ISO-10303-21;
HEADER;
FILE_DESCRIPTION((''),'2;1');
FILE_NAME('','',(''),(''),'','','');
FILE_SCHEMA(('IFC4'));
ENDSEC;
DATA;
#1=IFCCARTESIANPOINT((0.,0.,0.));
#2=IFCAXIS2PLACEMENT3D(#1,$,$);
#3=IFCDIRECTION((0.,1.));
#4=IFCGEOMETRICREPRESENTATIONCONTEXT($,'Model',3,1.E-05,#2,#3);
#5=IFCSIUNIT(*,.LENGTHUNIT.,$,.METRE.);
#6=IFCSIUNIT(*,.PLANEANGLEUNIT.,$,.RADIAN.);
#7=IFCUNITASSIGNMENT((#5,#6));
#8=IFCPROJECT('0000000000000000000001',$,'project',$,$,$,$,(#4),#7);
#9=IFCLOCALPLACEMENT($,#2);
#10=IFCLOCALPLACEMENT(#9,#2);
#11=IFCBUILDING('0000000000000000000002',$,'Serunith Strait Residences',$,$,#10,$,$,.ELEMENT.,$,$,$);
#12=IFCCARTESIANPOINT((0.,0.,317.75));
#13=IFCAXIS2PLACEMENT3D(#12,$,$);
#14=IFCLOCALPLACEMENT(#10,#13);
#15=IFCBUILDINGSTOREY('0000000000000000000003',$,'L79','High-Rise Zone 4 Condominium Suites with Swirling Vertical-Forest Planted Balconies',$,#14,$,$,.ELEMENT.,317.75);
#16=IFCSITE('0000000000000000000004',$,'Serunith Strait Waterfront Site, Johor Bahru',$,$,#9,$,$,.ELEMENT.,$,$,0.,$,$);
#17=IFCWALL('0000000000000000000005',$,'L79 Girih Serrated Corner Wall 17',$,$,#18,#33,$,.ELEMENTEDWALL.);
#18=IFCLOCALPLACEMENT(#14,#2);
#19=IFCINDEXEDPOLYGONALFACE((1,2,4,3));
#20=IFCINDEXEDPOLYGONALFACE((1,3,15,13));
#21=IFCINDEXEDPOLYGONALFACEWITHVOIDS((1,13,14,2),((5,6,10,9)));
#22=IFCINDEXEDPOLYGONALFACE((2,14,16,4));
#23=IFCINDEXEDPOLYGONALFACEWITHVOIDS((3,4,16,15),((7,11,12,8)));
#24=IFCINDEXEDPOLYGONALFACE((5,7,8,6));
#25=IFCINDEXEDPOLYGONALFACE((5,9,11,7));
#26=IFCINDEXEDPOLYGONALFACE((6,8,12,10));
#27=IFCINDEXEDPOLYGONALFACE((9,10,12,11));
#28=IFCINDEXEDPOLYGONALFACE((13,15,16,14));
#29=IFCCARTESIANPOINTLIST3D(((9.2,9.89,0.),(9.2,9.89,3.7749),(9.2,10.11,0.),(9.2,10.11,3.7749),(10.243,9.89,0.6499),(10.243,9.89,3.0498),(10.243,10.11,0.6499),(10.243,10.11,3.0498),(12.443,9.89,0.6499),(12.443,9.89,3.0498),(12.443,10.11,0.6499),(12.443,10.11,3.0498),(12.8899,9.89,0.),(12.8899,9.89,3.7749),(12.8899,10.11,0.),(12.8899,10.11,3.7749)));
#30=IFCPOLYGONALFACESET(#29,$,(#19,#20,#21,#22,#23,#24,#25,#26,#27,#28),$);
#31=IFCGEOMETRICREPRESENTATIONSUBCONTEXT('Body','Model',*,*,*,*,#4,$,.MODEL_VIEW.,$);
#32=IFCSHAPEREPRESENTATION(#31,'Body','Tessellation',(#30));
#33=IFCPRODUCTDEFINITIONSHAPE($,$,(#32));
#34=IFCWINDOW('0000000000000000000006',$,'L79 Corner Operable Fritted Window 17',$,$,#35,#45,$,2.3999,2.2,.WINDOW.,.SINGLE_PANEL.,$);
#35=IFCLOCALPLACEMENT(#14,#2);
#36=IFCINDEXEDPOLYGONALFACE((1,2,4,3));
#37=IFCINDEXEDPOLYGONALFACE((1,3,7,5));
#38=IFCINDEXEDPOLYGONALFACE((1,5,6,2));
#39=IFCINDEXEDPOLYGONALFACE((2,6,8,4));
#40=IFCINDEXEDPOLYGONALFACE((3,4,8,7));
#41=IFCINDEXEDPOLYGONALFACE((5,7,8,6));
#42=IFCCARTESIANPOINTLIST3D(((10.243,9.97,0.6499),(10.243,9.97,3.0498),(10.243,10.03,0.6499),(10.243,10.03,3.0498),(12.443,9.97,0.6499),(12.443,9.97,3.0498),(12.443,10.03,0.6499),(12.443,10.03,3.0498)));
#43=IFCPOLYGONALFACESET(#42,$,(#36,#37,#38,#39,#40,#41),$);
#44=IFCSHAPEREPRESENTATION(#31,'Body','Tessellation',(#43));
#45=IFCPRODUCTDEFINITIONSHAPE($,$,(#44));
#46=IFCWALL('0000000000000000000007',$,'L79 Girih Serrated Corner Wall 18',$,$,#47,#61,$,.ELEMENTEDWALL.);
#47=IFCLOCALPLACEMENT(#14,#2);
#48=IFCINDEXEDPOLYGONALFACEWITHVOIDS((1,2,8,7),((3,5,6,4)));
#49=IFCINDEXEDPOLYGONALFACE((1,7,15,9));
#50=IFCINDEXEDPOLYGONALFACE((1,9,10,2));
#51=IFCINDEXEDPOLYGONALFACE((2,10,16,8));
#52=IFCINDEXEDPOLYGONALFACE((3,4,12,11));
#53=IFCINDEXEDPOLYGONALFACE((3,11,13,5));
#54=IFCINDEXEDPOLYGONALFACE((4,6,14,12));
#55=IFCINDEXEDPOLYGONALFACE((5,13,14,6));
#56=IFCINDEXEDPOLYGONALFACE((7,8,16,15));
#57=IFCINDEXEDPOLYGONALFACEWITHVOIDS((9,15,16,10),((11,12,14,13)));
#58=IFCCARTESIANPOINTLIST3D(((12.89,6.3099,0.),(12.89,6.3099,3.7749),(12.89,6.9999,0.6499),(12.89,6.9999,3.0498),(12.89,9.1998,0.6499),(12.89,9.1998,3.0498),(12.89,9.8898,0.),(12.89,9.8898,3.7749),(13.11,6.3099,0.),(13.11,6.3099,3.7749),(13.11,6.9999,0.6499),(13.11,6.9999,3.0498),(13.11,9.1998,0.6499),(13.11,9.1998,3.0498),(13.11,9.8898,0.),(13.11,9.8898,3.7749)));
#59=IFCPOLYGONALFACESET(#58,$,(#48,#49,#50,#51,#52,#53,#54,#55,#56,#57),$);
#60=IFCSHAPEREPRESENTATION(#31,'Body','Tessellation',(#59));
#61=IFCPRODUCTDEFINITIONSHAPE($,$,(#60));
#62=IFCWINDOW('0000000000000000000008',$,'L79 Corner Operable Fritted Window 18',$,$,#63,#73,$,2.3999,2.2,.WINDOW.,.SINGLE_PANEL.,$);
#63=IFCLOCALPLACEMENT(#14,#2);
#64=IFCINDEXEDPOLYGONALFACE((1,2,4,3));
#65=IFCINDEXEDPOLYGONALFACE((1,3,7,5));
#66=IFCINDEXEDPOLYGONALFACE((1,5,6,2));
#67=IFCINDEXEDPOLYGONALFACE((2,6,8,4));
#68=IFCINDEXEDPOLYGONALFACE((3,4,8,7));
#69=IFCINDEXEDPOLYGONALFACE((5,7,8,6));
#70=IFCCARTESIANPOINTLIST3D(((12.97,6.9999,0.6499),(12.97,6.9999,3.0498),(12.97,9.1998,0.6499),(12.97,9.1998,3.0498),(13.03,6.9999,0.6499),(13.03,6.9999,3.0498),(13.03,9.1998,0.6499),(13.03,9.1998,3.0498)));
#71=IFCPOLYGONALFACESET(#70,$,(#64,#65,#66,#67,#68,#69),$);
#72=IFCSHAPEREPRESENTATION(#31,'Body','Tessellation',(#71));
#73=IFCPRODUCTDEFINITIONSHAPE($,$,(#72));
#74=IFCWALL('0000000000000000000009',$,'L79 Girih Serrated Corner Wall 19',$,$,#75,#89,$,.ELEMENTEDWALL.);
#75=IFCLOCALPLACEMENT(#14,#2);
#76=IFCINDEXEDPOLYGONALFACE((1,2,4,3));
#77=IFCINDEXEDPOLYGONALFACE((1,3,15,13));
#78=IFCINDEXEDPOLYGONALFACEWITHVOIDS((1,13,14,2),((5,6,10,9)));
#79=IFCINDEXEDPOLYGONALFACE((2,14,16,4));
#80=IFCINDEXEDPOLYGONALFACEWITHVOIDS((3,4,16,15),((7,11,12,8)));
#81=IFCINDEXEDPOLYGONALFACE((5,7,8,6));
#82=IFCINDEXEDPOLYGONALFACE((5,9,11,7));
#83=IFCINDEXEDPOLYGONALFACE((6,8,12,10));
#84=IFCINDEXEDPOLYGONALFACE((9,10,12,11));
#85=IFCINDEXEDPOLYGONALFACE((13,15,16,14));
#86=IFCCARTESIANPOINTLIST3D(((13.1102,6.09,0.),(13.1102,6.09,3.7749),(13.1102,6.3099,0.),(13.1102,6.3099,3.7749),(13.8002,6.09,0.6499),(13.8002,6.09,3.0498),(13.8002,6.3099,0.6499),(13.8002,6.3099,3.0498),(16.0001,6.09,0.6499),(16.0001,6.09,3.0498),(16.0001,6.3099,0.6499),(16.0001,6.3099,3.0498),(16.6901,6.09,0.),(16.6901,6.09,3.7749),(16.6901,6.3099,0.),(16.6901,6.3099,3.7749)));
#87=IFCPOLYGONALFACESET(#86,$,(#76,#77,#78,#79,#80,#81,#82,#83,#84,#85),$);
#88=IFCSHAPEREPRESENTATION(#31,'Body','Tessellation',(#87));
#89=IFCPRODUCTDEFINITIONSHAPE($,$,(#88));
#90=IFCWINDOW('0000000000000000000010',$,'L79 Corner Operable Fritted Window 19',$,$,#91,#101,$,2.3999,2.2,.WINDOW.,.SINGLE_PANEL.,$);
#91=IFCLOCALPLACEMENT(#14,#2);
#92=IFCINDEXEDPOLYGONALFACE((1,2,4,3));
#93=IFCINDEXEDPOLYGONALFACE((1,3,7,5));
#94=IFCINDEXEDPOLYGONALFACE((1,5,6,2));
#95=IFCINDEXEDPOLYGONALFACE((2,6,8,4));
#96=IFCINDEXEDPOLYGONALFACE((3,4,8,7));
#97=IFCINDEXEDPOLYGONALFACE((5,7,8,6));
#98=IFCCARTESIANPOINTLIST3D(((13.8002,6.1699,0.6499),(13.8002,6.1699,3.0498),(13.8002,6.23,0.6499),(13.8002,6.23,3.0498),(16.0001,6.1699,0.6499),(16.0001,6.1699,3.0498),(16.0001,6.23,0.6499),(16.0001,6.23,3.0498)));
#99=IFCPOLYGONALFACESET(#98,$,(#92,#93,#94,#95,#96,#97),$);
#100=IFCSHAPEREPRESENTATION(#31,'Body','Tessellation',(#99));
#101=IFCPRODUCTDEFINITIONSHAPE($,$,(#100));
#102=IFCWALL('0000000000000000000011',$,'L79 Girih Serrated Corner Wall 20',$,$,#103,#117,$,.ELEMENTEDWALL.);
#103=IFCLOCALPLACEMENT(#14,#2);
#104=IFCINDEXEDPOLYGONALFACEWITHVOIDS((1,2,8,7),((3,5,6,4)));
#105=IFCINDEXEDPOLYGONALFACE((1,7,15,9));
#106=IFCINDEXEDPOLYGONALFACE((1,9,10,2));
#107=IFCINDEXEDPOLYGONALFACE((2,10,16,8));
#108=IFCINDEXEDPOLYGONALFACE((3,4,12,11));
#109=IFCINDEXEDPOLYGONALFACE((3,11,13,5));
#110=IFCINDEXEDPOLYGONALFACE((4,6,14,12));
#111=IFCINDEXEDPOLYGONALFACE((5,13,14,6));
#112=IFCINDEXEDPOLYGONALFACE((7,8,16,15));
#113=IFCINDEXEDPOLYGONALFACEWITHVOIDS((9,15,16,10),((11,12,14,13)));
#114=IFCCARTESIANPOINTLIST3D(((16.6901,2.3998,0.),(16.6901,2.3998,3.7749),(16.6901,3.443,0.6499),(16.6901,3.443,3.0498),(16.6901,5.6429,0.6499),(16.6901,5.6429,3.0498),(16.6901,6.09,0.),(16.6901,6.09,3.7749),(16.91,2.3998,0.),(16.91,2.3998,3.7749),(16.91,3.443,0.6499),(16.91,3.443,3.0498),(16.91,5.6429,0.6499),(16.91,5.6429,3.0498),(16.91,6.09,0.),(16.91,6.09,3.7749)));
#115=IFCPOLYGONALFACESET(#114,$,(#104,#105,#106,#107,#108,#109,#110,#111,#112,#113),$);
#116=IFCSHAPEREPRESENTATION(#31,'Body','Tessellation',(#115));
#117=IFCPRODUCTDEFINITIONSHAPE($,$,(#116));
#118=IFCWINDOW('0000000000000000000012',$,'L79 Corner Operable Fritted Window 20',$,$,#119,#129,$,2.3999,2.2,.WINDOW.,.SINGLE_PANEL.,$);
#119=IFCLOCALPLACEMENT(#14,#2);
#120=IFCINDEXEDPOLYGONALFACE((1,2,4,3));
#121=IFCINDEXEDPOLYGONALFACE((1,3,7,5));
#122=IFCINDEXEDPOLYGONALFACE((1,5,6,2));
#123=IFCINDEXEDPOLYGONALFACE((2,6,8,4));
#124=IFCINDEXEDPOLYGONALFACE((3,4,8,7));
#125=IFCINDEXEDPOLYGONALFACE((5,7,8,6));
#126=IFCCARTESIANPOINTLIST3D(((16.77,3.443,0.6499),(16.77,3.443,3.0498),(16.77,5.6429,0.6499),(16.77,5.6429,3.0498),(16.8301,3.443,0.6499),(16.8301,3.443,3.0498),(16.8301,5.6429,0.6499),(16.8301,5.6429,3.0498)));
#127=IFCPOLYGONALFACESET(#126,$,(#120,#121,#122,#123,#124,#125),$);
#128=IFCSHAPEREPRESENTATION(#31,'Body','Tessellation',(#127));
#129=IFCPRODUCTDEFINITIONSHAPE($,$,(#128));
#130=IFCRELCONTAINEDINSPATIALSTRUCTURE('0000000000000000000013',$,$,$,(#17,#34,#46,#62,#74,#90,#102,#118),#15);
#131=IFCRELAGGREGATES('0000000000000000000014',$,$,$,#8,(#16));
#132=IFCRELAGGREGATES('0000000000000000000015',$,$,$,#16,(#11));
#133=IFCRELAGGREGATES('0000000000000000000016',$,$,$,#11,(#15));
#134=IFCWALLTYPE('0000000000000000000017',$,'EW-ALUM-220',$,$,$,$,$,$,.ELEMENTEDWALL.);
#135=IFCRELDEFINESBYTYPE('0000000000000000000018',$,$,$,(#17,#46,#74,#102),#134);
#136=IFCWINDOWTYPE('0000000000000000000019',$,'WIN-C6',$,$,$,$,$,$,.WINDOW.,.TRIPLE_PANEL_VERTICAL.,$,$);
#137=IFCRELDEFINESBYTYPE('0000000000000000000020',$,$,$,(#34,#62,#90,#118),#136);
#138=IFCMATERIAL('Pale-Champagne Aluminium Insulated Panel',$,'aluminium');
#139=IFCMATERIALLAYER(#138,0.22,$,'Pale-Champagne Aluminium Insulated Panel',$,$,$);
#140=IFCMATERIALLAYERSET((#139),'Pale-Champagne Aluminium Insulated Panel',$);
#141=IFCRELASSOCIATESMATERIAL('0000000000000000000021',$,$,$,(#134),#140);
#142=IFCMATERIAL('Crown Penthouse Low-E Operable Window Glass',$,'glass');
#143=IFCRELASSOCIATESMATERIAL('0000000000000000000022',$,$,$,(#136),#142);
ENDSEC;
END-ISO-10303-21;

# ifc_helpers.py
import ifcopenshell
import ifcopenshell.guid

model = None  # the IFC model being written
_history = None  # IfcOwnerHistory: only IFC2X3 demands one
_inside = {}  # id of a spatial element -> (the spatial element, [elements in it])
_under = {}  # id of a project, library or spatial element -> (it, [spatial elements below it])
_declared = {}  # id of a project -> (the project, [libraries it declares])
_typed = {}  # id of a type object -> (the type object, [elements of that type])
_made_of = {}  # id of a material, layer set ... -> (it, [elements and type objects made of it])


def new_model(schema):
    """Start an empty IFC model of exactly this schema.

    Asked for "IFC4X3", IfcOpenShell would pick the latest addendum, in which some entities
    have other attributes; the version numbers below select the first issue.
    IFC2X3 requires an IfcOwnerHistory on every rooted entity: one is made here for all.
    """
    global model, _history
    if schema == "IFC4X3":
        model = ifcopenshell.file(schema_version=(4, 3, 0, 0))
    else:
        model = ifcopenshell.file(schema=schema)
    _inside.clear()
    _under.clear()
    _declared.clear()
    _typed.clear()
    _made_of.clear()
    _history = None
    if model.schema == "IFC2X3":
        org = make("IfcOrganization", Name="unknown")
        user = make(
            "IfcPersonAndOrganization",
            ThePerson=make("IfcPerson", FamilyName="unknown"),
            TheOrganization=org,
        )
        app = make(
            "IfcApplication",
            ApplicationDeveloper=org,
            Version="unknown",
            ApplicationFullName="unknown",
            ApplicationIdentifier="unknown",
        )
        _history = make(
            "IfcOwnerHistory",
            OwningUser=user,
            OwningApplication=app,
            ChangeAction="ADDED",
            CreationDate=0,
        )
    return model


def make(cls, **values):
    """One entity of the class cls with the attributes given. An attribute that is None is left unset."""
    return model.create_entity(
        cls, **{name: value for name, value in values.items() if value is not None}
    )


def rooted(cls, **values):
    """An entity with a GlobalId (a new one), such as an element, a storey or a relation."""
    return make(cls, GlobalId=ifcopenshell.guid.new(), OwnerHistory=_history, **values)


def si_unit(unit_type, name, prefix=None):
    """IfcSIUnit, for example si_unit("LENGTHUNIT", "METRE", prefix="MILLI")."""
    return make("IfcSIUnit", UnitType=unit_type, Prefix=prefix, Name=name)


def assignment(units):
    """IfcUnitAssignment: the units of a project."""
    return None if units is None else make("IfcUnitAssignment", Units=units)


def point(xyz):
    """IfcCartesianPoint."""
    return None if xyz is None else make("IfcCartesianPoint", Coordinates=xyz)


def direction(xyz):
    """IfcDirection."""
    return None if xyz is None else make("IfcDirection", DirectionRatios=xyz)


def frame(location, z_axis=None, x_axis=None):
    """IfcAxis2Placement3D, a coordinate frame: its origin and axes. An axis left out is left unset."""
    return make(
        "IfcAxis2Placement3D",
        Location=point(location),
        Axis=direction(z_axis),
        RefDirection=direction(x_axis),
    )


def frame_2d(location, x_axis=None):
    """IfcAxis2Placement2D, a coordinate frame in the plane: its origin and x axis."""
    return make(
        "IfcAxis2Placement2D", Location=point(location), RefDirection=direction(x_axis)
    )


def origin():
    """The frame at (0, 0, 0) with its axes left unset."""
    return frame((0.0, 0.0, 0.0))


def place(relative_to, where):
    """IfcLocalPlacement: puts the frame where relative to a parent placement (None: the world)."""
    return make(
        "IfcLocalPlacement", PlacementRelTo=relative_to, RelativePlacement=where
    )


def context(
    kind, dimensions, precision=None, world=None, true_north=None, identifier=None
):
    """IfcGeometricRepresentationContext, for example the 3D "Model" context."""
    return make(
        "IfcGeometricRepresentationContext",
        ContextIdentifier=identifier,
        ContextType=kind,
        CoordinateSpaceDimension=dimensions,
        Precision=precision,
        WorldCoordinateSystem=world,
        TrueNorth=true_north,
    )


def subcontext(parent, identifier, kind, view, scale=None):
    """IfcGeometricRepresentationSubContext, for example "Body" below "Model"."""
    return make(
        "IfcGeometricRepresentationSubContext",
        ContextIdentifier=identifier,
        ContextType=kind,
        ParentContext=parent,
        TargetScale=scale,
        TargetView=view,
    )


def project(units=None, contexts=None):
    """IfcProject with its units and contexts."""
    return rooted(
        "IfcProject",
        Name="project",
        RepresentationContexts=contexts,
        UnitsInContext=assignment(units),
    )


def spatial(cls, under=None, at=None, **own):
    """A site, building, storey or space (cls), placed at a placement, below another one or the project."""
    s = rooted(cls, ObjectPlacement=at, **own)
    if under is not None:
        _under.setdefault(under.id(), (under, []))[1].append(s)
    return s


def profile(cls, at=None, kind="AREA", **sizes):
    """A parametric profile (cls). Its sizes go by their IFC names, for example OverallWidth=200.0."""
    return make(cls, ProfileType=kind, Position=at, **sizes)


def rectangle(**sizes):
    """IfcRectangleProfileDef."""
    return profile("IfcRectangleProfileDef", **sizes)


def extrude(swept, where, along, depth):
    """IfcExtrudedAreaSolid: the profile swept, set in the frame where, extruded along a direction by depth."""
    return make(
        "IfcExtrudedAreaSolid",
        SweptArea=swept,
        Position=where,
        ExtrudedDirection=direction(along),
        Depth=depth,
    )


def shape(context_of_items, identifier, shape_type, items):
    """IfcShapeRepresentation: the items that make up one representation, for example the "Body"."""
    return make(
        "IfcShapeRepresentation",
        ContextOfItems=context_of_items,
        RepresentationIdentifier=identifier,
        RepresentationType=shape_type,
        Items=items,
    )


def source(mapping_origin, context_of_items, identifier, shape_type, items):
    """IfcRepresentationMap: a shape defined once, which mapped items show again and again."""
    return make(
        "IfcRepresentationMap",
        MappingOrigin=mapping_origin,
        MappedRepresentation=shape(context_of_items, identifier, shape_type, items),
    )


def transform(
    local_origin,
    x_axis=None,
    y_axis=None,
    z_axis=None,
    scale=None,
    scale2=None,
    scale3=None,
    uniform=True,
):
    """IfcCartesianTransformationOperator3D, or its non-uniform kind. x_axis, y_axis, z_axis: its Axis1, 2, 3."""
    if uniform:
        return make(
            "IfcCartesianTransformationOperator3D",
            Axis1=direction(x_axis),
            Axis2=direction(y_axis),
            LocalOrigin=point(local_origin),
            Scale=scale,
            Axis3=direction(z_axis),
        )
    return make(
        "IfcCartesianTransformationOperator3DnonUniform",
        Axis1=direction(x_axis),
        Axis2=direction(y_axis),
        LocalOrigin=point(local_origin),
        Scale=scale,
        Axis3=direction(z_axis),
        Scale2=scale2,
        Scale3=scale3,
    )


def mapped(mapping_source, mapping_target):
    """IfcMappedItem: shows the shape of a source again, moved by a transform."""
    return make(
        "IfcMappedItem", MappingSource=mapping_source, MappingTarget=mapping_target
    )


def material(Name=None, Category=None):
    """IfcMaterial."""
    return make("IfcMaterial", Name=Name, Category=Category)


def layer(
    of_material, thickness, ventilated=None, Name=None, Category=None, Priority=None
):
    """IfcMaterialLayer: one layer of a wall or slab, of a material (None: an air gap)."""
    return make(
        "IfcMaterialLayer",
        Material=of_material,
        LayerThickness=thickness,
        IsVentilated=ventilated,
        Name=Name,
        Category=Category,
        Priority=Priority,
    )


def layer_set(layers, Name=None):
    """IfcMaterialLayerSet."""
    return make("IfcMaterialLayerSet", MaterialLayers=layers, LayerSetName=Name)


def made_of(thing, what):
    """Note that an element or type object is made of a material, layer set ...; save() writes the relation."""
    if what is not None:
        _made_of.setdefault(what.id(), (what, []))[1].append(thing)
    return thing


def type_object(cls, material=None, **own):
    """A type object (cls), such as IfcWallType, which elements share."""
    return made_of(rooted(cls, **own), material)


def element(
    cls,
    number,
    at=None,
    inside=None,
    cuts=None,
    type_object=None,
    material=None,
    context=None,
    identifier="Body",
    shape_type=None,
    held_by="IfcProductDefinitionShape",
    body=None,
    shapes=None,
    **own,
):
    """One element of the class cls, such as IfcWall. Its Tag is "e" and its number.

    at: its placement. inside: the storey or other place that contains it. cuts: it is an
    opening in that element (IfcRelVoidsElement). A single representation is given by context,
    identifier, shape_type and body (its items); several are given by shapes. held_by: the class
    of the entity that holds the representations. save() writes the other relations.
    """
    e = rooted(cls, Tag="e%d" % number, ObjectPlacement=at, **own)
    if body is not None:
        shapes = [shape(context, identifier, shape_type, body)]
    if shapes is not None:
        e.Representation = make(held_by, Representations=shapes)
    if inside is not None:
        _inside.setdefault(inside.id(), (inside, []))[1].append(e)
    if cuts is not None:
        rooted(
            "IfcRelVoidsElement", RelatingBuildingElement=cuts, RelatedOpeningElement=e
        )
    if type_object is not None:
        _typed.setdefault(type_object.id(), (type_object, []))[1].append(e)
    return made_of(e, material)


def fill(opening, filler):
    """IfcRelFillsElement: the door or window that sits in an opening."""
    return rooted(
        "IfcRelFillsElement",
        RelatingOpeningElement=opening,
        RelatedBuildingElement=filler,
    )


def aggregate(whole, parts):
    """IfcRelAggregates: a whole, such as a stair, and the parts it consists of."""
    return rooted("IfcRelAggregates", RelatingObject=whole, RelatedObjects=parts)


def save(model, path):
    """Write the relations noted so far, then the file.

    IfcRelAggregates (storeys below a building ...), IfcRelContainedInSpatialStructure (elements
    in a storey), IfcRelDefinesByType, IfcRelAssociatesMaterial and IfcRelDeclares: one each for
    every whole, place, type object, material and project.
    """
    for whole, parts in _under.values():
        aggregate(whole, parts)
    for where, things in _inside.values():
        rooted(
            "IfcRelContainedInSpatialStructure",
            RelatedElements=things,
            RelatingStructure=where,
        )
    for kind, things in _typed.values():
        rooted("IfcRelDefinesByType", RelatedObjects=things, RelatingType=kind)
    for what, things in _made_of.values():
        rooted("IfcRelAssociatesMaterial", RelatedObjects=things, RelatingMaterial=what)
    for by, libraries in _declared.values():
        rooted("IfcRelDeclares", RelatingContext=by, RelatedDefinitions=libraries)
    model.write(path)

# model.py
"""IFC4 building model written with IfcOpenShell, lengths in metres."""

from ifc_helpers import new_model, si_unit, direction, frame, frame_2d, origin, place, context, subcontext, project, spatial, rectangle, extrude, source, transform, mapped, material, layer, layer_set, type_object, element, fill, save


model = new_model("IFC4")

# Units and contexts
model_context = context("Model", 3, precision=1e-05, world=origin(), true_north=direction((0.0, 1.0)))
body_context = subcontext(model_context, "Body", "Model", "MODEL_VIEW")
ifc_project = project(units=[si_unit("LENGTHUNIT", "METRE"), si_unit("PLANEANGLEUNIT", "RADIAN")], contexts=[model_context])

# Site, building, storey
site_placement = place(None, origin())
site = spatial("IfcSite", under=ifc_project, at=site_placement, Name="Serunith Strait Waterfront Site, Johor Bahru", CompositionType="ELEMENT", RefElevation=0.0)
building_placement = place(site_placement, origin())
building = spatial("IfcBuilding", under=site, at=building_placement, Name="Serunith Strait Residences", CompositionType="ELEMENT")
storey_placement = place(building_placement, frame((0.0, 0.0, 317.75)))
storey = spatial("IfcBuildingStorey", under=building, at=storey_placement, Name="L79", Description="High-Rise Zone 4 Condominium Suites with Swirling Vertical-Forest Planted Balconies", CompositionType="ELEMENT", Elevation=317.75)

# Walls, openings, windows
ifc_material_1 = material(Name="Pale-Champagne Aluminium Insulated Panel", Category="aluminium")
ifc_layer_1 = layer(ifc_material_1, 0.22, Name="Pale-Champagne Aluminium Insulated Panel")
ifc_layer_set_1 = layer_set([ifc_layer_1], Name="Pale-Champagne Aluminium Insulated Panel")
wall_type = type_object("IfcWallType", Name="EW-ALUM-220", PredefinedType="ELEMENTEDWALL", material=ifc_layer_set_1)
wall_1_placement = place(storey_placement, frame((9.2, 10.0, 0.0), z_axis=(0.0, 0.0, 1.0), x_axis=(1.0, 0.0, 0.0)))
wall_1 = element("IfcWall", 1, at=wall_1_placement, inside=storey, type_object=wall_type, Name="L79 Girih Serrated Corner Wall 17", PredefinedType="ELEMENTEDWALL", context=body_context, shape_type="SweptSolid", body=[
    extrude(rectangle(XDim=3.6899, YDim=0.22, at=frame_2d((1.845, 0.0))), origin(), (0.0, 0.0, 1.0), 3.7749),
])
opening_1_placement = place(wall_1_placement, frame((1.043, 0.0, 0.6499)))
opening_1 = element("IfcOpeningElement", 2, at=opening_1_placement, cuts=wall_1, PredefinedType="OPENING", context=body_context, shape_type="SweptSolid", body=[
    extrude(rectangle(XDim=2.2, YDim=2.3999, at=frame_2d((1.1001, 1.2))), frame((0.0, 0.1201, 0.0), z_axis=(0.0, -1.0, 0.0), x_axis=(1.0, 0.0, 0.0)), (0.0, 0.0, 1.0), 0.24),
])
ifc_material_2 = material(Name="Crown Penthouse Low-E Operable Window Glass", Category="glass")
window_type = type_object("IfcWindowType", Name="WIN-C6", PartitioningType="TRIPLE_PANEL_VERTICAL", PredefinedType="WINDOW", material=ifc_material_2)
shared_shape_1 = source(origin(), body_context, "Body", "SweptSolid", [
    extrude(rectangle(XDim=2.2, YDim=2.3999, at=frame_2d((1.1001, 1.2))), frame((0.0, 0.03, 0.0), z_axis=(0.0, -1.0, 0.0), x_axis=(1.0, 0.0, 0.0)), (0.0, 0.0, 1.0), 0.0601),
])
window_1_placement = place(opening_1_placement, origin())
window_1 = element("IfcWindow", 3, at=window_1_placement, inside=storey, type_object=window_type, Name="L79 Corner Operable Fritted Window 17", OverallHeight=2.3999, OverallWidth=2.2, PartitioningType="SINGLE_PANEL", PredefinedType="WINDOW", context=body_context, shape_type="MappedRepresentation", body=[
    mapped(shared_shape_1, transform((0.0, 0.0, 0.0), scale=1.0)),
])
fill(opening_1, window_1)
wall_2_placement = place(storey_placement, frame((13.0, 9.8899, 0.0), z_axis=(0.0, 0.0, 1.0), x_axis=(0.0, -1.0, 0.0)))
wall_2 = element("IfcWall", 4, at=wall_2_placement, inside=storey, type_object=wall_type, Name="L79 Girih Serrated Corner Wall 18", PredefinedType="ELEMENTEDWALL", context=body_context, shape_type="SweptSolid", body=[
    extrude(rectangle(XDim=3.5798, YDim=0.22, at=frame_2d((1.79, 0.0))), origin(), (0.0, 0.0, 1.0), 3.7749),
])
opening_2_placement = place(wall_2_placement, frame((0.6899, 0.0, 0.6499)))
opening_2 = element("IfcOpeningElement", 5, at=opening_2_placement, cuts=wall_2, PredefinedType="OPENING", context=body_context, shape_type="SweptSolid", body=[
    extrude(rectangle(XDim=2.2, YDim=2.3999, at=frame_2d((1.1001, 1.2))), frame((0.0, 0.1201, 0.0), z_axis=(0.0, -1.0, 0.0), x_axis=(1.0, 0.0, 0.0)), (0.0, 0.0, 1.0), 0.24),
])
window_2_placement = place(opening_2_placement, origin())
window_2 = element("IfcWindow", 6, at=window_2_placement, inside=storey, type_object=window_type, Name="L79 Corner Operable Fritted Window 18", OverallHeight=2.3999, OverallWidth=2.2, PartitioningType="SINGLE_PANEL", PredefinedType="WINDOW", context=body_context, shape_type="MappedRepresentation", body=[
    mapped(shared_shape_1, transform((0.0, 0.0, 0.0), scale=1.0)),
])
fill(opening_2, window_2)
wall_3_placement = place(storey_placement, frame((13.1101, 6.2, 0.0), z_axis=(0.0, 0.0, 1.0), x_axis=(1.0, 0.0, 0.0)))
wall_3 = element("IfcWall", 7, at=wall_3_placement, inside=storey, type_object=wall_type, Name="L79 Girih Serrated Corner Wall 19", PredefinedType="ELEMENTEDWALL", context=body_context, shape_type="SweptSolid", body=[
    extrude(rectangle(XDim=3.5798, YDim=0.22, at=frame_2d((1.79, 0.0))), origin(), (0.0, 0.0, 1.0), 3.7749),
])
opening_3_placement = place(wall_3_placement, frame((0.6899, 0.0, 0.6499)))
opening_3 = element("IfcOpeningElement", 8, at=opening_3_placement, cuts=wall_3, PredefinedType="OPENING", context=body_context, shape_type="SweptSolid", body=[
    extrude(rectangle(XDim=2.2, YDim=2.3999, at=frame_2d((1.1001, 1.2))), frame((0.0, 0.1201, 0.0), z_axis=(0.0, -1.0, 0.0), x_axis=(1.0, 0.0, 0.0)), (0.0, 0.0, 1.0), 0.24),
])
window_3_placement = place(opening_3_placement, origin())
window_3 = element("IfcWindow", 9, at=window_3_placement, inside=storey, type_object=window_type, Name="L79 Corner Operable Fritted Window 19", OverallHeight=2.3999, OverallWidth=2.2, PartitioningType="SINGLE_PANEL", PredefinedType="WINDOW", context=body_context, shape_type="MappedRepresentation", body=[
    mapped(shared_shape_1, transform((0.0, 0.0, 0.0), scale=1.0)),
])
fill(opening_3, window_3)
wall_4_placement = place(storey_placement, frame((16.8, 6.0901, 0.0), z_axis=(0.0, 0.0, 1.0), x_axis=(0.0, -1.0, 0.0)))
wall_4 = element("IfcWall", 10, at=wall_4_placement, inside=storey, type_object=wall_type, Name="L79 Girih Serrated Corner Wall 20", PredefinedType="ELEMENTEDWALL", context=body_context, shape_type="SweptSolid", body=[
    extrude(rectangle(XDim=3.6902, YDim=0.22, at=frame_2d((1.8452, 0.0))), origin(), (0.0, 0.0, 1.0), 3.7749),
])
opening_4_placement = place(wall_4_placement, frame((0.447, 0.0, 0.6499)))
opening_4 = element("IfcOpeningElement", 11, at=opening_4_placement, cuts=wall_4, PredefinedType="OPENING", context=body_context, shape_type="SweptSolid", body=[
    extrude(rectangle(XDim=2.2, YDim=2.3999, at=frame_2d((1.1001, 1.2))), frame((0.0, 0.1201, 0.0), z_axis=(0.0, -1.0, 0.0), x_axis=(1.0, 0.0, 0.0)), (0.0, 0.0, 1.0), 0.24),
])
window_4_placement = place(opening_4_placement, origin())
window_4 = element("IfcWindow", 12, at=window_4_placement, inside=storey, type_object=window_type, Name="L79 Corner Operable Fritted Window 20", OverallHeight=2.3999, OverallWidth=2.2, PartitioningType="SINGLE_PANEL", PredefinedType="WINDOW", context=body_context, shape_type="MappedRepresentation", body=[
    mapped(shared_shape_1, transform((0.0, 0.0, 0.0), scale=1.0)),
])
fill(opening_4, window_4)

save(model, "model.ifc")
